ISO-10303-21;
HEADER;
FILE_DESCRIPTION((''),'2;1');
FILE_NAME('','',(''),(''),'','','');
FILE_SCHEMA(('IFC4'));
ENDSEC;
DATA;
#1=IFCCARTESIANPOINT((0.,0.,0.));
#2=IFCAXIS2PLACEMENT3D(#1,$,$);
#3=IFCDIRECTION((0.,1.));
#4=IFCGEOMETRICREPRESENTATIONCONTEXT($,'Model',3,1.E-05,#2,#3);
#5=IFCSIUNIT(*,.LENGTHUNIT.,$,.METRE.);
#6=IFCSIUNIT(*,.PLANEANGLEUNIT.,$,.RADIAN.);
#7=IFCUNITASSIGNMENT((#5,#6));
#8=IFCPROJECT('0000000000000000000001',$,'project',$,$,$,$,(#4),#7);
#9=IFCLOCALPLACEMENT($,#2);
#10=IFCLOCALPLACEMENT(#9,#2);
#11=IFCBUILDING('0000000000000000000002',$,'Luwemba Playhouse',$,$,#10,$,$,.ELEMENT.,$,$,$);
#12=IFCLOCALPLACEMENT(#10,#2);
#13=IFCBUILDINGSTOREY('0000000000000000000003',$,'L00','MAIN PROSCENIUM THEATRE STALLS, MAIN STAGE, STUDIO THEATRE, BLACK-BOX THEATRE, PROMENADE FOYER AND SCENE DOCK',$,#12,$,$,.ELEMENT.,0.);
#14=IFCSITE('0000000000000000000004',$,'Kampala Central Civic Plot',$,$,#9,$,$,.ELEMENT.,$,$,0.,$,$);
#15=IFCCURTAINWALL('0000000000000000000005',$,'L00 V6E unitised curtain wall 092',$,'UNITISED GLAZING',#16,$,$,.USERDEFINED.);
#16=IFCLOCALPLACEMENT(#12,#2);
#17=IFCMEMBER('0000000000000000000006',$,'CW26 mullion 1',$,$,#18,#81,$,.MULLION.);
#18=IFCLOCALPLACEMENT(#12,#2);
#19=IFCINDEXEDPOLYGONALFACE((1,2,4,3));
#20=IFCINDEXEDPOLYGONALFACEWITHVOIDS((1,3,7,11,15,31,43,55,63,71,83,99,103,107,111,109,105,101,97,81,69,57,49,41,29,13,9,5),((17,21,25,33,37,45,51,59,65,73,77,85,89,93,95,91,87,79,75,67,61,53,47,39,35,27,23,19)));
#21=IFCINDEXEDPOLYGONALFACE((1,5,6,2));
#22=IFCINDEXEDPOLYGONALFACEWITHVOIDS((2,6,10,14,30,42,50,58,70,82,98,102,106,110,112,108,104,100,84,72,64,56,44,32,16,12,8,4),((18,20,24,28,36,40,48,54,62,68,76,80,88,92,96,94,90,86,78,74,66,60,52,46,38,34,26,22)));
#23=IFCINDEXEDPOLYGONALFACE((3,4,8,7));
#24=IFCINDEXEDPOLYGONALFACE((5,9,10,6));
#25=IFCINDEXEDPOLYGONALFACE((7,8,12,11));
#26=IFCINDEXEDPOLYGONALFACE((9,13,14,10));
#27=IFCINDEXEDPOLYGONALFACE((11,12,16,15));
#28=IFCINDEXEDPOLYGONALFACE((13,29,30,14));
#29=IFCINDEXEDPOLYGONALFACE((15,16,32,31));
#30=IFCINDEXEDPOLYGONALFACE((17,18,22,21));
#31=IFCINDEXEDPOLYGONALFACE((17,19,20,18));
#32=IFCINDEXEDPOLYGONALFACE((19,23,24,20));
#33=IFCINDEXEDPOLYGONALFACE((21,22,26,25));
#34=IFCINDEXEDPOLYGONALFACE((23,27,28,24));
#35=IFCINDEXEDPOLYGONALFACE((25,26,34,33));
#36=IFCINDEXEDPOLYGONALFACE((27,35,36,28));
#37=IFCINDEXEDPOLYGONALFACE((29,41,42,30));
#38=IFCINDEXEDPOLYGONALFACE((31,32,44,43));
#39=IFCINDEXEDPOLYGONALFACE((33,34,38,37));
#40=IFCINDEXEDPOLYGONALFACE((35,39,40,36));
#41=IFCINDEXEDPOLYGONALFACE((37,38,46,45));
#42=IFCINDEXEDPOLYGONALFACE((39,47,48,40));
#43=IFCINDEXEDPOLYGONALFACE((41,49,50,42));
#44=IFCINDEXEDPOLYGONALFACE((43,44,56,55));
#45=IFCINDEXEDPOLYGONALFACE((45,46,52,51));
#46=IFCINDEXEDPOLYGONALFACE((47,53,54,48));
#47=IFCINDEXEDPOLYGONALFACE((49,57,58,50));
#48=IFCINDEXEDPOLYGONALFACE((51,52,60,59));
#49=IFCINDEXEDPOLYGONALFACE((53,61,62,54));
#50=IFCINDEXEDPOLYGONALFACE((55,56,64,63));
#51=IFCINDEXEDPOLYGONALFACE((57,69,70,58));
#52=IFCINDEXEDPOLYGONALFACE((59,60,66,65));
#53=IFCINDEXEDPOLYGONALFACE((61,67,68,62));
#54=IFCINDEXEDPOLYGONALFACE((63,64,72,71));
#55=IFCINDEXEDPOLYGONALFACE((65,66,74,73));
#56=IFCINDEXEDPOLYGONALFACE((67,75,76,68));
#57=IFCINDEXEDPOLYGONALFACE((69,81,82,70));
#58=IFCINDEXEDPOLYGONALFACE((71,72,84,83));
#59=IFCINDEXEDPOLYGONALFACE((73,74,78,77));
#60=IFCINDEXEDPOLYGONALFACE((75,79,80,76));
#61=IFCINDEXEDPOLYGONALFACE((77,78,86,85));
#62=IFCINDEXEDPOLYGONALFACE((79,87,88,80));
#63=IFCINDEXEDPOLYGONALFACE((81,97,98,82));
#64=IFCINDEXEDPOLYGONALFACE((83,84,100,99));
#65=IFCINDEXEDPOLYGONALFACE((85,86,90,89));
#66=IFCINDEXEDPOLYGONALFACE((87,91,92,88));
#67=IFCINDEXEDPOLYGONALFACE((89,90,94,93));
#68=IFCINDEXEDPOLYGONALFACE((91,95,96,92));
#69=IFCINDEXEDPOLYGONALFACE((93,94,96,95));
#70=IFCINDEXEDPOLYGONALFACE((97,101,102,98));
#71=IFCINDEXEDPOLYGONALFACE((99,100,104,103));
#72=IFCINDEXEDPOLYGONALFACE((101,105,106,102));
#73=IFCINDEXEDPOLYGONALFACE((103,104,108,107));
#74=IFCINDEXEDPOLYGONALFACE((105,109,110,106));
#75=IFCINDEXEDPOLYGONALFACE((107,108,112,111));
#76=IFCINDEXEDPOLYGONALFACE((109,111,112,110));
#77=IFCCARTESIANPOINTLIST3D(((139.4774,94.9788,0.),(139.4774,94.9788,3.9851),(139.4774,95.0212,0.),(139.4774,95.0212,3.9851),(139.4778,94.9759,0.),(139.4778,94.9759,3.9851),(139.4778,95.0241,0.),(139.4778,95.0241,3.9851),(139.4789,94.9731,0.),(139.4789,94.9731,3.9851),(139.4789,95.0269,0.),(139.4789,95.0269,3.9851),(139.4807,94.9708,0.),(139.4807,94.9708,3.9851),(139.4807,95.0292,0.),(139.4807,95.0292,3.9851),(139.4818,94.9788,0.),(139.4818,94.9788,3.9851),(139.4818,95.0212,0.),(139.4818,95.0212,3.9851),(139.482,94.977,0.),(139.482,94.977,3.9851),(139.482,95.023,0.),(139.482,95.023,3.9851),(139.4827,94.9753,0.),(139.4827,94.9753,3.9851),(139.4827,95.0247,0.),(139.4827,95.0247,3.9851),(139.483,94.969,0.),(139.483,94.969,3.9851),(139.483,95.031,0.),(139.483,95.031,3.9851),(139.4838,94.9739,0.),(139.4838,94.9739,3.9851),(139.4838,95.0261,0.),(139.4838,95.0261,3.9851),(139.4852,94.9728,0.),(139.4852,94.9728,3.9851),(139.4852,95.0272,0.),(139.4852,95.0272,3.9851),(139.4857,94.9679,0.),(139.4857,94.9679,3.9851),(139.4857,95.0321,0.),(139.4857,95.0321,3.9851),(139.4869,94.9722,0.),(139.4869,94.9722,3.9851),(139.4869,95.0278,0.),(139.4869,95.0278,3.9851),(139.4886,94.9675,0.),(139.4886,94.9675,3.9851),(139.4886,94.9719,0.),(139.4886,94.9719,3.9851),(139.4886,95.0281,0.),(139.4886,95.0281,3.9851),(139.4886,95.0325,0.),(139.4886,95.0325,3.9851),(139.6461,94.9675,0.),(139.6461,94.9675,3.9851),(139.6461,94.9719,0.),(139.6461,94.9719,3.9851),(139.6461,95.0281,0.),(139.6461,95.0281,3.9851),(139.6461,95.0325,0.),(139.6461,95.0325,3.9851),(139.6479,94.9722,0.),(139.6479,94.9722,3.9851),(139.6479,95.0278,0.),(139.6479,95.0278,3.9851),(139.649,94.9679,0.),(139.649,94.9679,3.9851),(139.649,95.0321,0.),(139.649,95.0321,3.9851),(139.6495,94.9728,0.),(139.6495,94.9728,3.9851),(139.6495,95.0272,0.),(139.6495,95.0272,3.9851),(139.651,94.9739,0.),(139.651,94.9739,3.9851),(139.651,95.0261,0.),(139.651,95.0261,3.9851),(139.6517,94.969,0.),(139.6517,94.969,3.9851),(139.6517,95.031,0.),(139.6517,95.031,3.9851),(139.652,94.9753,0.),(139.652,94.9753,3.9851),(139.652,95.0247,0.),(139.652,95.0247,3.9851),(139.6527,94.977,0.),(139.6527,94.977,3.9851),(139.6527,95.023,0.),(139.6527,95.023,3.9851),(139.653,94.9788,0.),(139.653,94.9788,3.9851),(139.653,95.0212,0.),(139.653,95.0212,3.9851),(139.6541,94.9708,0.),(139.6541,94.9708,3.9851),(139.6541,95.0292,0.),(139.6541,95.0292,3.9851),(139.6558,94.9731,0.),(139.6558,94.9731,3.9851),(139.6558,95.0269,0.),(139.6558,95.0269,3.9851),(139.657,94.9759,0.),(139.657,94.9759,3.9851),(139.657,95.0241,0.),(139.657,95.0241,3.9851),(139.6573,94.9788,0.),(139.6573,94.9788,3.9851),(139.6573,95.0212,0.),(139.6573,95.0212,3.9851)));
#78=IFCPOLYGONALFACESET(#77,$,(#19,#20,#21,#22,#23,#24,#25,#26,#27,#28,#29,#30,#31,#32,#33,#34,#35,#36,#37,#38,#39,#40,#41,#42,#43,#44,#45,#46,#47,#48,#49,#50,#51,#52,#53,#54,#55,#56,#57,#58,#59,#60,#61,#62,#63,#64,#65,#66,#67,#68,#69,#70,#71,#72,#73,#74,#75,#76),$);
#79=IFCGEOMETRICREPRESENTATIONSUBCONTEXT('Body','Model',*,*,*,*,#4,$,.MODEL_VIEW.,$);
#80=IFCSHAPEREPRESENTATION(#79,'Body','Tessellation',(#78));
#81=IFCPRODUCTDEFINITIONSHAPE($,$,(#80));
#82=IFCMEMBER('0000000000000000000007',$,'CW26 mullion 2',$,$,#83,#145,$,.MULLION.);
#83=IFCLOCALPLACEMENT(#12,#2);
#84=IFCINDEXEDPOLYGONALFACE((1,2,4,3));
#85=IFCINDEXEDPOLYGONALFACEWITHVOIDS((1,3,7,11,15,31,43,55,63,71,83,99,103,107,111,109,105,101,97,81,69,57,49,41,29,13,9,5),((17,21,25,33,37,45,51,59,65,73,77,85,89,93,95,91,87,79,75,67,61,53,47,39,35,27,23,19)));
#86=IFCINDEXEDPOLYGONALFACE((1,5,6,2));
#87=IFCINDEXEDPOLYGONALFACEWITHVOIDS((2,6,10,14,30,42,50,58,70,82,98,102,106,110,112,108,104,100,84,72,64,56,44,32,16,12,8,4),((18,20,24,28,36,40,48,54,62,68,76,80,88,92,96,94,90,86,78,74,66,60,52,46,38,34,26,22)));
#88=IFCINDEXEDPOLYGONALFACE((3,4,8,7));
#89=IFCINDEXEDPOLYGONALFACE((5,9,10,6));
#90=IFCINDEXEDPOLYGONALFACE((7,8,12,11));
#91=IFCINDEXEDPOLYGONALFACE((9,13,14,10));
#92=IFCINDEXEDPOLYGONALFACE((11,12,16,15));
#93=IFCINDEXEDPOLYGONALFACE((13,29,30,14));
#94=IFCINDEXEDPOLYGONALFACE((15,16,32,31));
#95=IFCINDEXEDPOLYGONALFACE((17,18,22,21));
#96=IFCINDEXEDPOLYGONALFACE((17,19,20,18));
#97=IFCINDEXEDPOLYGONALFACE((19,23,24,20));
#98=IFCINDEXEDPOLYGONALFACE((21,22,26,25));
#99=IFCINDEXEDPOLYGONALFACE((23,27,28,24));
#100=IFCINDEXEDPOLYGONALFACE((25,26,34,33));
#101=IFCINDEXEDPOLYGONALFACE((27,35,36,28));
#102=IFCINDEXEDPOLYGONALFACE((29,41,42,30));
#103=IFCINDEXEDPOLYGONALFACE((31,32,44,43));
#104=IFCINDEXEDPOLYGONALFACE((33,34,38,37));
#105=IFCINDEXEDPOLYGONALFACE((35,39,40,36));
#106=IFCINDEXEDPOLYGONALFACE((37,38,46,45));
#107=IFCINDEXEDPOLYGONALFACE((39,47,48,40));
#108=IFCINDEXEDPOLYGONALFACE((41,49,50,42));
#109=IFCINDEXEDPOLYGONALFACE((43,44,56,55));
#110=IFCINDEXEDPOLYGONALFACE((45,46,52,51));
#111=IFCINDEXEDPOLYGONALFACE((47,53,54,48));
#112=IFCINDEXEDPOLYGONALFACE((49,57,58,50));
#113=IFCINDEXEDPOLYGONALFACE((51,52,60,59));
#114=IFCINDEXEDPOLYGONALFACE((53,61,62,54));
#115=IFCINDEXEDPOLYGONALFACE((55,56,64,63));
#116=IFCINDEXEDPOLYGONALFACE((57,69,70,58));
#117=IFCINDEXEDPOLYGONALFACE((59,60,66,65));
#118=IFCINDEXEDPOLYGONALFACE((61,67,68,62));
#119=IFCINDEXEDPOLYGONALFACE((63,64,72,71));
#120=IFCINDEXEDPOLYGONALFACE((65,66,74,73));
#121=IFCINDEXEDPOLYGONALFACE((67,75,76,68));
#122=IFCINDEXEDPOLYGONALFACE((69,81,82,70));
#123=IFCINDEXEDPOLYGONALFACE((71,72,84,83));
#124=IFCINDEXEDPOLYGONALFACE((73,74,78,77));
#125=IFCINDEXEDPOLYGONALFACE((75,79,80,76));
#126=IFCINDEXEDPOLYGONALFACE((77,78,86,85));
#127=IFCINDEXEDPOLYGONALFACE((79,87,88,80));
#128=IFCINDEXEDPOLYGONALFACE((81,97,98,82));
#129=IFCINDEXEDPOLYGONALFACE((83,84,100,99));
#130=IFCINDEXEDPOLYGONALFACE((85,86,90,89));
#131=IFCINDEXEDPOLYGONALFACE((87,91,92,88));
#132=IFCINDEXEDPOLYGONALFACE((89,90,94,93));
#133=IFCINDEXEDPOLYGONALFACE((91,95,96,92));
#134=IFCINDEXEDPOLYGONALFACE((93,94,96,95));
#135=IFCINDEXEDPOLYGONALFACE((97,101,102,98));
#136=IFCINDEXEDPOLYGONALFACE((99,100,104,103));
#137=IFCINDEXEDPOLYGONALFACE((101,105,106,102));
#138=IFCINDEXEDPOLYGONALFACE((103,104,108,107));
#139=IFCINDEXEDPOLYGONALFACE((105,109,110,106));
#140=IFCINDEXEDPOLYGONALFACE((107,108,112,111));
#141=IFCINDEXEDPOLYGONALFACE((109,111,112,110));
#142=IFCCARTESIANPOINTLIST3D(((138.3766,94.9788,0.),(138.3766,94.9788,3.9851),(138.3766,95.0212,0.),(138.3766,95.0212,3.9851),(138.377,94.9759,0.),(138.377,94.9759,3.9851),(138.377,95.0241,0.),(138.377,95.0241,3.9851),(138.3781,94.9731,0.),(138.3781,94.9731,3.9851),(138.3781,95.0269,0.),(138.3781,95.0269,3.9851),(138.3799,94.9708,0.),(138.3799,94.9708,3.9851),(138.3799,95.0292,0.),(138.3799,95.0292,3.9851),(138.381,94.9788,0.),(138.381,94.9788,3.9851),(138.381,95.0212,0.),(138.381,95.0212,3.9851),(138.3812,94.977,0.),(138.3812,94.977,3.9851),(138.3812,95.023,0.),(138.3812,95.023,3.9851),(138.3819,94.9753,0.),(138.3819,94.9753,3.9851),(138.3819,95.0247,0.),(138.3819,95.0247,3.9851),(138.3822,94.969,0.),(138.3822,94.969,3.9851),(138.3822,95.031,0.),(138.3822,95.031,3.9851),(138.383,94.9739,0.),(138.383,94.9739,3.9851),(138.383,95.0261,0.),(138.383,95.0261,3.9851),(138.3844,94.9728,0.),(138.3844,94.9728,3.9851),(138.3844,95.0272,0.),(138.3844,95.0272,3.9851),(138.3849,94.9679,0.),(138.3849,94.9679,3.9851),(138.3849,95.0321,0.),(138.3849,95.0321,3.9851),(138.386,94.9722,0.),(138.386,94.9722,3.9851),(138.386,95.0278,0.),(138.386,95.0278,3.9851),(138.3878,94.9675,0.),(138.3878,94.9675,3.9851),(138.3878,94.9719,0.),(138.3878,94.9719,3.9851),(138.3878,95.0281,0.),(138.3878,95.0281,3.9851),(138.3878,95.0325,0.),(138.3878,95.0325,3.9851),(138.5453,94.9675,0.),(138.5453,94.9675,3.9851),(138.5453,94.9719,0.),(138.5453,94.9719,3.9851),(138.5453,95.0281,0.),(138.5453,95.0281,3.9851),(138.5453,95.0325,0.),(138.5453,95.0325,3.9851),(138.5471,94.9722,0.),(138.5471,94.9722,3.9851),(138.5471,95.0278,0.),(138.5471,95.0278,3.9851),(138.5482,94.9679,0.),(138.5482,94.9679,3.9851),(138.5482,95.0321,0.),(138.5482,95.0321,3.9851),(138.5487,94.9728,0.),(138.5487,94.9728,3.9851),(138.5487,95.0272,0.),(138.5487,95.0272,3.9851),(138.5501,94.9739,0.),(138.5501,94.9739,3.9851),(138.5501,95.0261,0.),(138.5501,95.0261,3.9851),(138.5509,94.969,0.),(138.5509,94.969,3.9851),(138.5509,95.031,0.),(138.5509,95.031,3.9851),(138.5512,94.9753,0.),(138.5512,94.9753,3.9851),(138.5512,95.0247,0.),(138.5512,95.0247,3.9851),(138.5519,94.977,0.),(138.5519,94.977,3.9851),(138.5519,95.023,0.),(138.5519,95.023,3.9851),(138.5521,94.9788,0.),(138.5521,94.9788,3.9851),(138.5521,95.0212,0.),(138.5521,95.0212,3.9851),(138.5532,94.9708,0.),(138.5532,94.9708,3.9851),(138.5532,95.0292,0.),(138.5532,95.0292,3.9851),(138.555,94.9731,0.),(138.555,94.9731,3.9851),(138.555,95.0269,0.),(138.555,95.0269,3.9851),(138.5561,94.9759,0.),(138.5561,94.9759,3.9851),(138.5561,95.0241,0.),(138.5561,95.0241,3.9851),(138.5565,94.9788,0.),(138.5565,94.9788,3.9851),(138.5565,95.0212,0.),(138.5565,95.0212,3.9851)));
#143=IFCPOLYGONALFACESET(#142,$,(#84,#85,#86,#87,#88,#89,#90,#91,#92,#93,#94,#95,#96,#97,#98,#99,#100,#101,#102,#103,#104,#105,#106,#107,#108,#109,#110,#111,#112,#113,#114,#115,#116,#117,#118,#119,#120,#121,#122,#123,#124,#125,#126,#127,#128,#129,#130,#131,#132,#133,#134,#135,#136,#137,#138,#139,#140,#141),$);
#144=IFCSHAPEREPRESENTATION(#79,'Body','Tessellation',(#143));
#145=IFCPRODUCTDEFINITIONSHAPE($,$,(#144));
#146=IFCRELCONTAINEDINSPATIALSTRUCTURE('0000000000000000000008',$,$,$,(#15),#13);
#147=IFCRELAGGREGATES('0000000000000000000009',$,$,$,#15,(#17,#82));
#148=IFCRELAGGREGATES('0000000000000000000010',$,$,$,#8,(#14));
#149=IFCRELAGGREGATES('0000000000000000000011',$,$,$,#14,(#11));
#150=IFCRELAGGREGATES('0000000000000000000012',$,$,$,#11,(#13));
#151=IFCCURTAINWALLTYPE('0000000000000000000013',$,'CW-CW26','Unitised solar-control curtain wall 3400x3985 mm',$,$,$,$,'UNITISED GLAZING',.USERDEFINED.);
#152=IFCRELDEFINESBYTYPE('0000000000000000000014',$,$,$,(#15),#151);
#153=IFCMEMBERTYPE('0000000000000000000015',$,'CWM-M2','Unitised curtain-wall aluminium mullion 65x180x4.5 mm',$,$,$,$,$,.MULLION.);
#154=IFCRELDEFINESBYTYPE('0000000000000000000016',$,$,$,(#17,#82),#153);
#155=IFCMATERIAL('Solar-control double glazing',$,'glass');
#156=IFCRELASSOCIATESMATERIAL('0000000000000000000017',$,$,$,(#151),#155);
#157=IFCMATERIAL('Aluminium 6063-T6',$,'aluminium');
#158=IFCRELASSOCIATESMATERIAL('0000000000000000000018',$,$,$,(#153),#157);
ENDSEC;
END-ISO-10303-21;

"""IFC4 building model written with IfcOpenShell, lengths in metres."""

from ifc_helpers import new_model, si_unit, direction, frame, origin, origin_2d, place, context, subcontext, project, spatial, hollow_rectangle, extrude, material, material_profile, profile_set, type_object, element, aggregate, save


model = new_model("IFC4")

# Units and contexts
model_context = context("Model", 3, precision=1e-05, world=origin(), true_north=direction((0.0, 1.0)))
body_context = subcontext(model_context, "Body", "Model", "MODEL_VIEW")
ifc_project = project(units=[si_unit("LENGTHUNIT", "METRE"), si_unit("PLANEANGLEUNIT", "RADIAN")], contexts=[model_context])

# Site, building, storey
site_placement = place(None, origin())
site = spatial("IfcSite", under=ifc_project, at=site_placement, Name="Kampala Central Civic Plot", CompositionType="ELEMENT", RefElevation=0.0)
building_placement = place(site_placement, origin())
building = spatial("IfcBuilding", under=site, at=building_placement, Name="Luwemba Playhouse", CompositionType="ELEMENT")
storey_placement = place(building_placement, origin())
storey = spatial("IfcBuildingStorey", under=building, at=storey_placement, Name="L00", Description="MAIN PROSCENIUM THEATRE STALLS, MAIN STAGE, STUDIO THEATRE, BLACK-BOX THEATRE, PROMENADE FOYER AND SCENE DOCK", CompositionType="ELEMENT", Elevation=0.0)

# Shared definitions
ifc_material_1 = material(Name="Solar-control double glazing", Category="glass")
ifc_material_2 = material(Name="Aluminium 6063-T6", Category="aluminium")

# Curtain wall, members
curtain_wall_type_1 = type_object("IfcCurtainWallType", Name="CW-CW26", Description="Unitised solar-control curtain wall 3400x3985 mm", ElementType="UNITISED GLAZING", PredefinedType="USERDEFINED", material=ifc_material_1)
curtain_wall_1_placement = place(storey_placement, origin())
curtain_wall_1 = element("IfcCurtainWall", 1, at=curtain_wall_1_placement, inside=storey, type_object=curtain_wall_type_1, Name="L00 V6E unitised curtain wall 092", ObjectType="UNITISED GLAZING", PredefinedType="USERDEFINED")
ifc_material_profile_1 = material_profile(ifc_material_2, hollow_rectangle(XDim=0.0649, YDim=0.1799, WallThickness=0.0044, InnerFilletRadius=0.0068, OuterFilletRadius=0.0112, at=origin_2d()))
ifc_profile_set_1 = profile_set([ifc_material_profile_1], Name="Aluminium 6063-T6")
member_type_1 = type_object("IfcMemberType", Name="CWM-M2", Description="Unitised curtain-wall aluminium mullion 65x180x4.5 mm", PredefinedType="MULLION", material=ifc_profile_set_1)
member_1_placement = place(storey_placement, frame((139.5674, 95.0, 0.0), z_axis=(0.0, 0.0, 1.0), x_axis=(0.0, -1.0, 0.0)))
member_1 = element("IfcMember", 2, at=member_1_placement, type_object=member_type_1, Name="CW26 mullion 1", PredefinedType="MULLION", context=body_context, shape_type="SweptSolid", body=[
    extrude(hollow_rectangle(XDim=0.0649, YDim=0.1799, WallThickness=0.0044, InnerFilletRadius=0.0068, OuterFilletRadius=0.0112, at=origin_2d()), origin(), (0.0, 0.0, 1.0), 3.9851),
])
member_2_placement = place(storey_placement, frame((138.4666, 95.0, 0.0), z_axis=(0.0, 0.0, 1.0), x_axis=(0.0, -1.0, 0.0)))
member_2 = element("IfcMember", 3, at=member_2_placement, type_object=member_type_1, Name="CW26 mullion 2", PredefinedType="MULLION", context=body_context, shape_type="SweptSolid", body=[
    extrude(hollow_rectangle(XDim=0.0649, YDim=0.1799, WallThickness=0.0044, InnerFilletRadius=0.0068, OuterFilletRadius=0.0112, at=origin_2d()), origin(), (0.0, 0.0, 1.0), 3.9851),
])

aggregate(curtain_wall_1, [member_1, member_2])

save(model, "model.ifc")
